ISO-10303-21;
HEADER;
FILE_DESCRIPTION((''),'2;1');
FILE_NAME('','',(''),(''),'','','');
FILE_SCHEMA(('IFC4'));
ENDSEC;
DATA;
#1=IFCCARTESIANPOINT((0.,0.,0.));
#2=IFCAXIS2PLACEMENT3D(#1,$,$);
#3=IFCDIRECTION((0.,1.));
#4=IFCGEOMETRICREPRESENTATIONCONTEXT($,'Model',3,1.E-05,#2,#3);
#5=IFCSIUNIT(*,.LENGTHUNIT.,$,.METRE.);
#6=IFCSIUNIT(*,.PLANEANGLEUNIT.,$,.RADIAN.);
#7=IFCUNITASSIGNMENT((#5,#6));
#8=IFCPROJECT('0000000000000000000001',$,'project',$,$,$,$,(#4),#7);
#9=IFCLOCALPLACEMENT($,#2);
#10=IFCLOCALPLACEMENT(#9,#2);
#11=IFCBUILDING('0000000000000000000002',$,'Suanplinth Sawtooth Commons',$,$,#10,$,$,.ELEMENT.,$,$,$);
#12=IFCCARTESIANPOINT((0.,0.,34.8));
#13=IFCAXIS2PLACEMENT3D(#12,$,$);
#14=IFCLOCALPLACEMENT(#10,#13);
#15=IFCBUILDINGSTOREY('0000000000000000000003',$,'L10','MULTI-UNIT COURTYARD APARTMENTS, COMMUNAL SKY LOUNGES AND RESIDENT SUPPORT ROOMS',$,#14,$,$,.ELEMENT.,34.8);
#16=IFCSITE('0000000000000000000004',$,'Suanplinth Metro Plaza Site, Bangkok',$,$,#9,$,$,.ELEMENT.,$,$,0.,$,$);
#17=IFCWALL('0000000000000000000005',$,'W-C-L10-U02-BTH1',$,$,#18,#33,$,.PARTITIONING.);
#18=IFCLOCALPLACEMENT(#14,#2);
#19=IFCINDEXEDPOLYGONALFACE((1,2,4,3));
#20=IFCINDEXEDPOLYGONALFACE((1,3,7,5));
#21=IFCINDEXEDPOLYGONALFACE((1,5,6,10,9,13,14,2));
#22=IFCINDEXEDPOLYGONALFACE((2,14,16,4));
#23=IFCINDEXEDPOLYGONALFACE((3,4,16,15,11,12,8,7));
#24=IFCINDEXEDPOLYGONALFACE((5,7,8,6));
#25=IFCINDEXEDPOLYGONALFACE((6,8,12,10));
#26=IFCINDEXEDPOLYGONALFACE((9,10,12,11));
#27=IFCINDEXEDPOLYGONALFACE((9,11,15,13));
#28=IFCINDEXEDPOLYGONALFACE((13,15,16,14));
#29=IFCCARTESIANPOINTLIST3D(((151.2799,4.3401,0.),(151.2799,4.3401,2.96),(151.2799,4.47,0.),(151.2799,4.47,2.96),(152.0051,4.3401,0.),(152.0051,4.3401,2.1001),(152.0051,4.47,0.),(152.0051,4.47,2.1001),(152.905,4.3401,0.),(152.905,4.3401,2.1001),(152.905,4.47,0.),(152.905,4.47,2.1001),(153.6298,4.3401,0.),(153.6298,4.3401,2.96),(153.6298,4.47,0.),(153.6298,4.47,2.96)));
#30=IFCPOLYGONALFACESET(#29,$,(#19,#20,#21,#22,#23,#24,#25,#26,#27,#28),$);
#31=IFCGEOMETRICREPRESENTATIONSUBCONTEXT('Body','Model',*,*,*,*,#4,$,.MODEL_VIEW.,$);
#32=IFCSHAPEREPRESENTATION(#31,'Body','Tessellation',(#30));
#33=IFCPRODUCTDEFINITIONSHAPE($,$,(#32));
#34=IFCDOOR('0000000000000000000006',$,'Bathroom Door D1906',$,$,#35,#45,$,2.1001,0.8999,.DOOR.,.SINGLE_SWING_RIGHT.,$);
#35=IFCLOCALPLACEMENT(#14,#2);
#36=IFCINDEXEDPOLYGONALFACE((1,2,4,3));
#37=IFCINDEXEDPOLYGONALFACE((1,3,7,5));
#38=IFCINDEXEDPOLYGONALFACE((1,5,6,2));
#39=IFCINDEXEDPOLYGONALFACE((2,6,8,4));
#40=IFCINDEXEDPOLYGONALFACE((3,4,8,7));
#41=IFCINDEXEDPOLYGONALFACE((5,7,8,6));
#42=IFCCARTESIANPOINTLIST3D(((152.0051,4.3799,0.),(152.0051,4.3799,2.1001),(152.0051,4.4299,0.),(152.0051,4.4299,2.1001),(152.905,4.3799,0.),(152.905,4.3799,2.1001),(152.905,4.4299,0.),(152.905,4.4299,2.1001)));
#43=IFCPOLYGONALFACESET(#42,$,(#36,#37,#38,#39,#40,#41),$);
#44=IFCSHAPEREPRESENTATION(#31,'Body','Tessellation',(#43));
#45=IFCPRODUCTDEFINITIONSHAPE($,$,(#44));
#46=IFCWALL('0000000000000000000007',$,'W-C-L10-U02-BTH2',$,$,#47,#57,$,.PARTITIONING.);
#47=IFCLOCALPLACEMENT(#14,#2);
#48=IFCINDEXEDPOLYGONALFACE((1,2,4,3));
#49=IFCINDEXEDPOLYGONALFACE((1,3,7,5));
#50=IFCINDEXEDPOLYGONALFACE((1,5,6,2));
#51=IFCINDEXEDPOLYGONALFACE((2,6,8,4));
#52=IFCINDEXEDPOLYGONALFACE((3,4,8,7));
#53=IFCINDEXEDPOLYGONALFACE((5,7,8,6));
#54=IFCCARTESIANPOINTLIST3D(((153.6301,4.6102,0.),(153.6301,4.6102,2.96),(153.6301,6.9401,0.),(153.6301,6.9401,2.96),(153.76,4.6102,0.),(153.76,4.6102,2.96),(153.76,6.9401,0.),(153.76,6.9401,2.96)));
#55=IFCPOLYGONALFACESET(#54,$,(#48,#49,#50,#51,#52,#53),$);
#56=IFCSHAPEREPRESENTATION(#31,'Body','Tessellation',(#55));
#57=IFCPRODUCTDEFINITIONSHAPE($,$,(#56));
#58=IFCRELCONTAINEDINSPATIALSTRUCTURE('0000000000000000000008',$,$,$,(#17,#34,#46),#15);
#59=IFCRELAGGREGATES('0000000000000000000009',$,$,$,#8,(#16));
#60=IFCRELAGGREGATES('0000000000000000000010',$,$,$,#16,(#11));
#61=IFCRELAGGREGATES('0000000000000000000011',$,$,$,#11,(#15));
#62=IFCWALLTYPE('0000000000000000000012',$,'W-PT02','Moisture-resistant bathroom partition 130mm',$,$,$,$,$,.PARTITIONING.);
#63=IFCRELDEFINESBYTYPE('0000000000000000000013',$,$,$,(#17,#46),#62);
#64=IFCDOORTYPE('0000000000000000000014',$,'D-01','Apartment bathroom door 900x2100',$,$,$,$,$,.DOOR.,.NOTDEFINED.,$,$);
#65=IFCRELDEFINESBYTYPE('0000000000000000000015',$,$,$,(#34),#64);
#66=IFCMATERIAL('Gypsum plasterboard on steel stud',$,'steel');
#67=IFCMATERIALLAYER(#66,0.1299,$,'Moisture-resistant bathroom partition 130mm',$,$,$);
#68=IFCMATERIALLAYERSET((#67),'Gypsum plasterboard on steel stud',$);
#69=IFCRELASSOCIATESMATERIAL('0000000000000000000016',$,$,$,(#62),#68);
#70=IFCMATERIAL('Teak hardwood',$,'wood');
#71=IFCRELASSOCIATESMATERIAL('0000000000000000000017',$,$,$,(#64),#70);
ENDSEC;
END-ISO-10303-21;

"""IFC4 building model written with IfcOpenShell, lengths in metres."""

from ifc_helpers import new_model, si_unit, direction, frame, frame_2d, origin, place, context, subcontext, project, spatial, rectangle, extrude, material, layer, layer_set, type_object, element, fill, save


model = new_model("IFC4")

# Units and contexts
model_context = context("Model", 3, precision=1e-05, world=origin(), true_north=direction((0.0, 1.0)))
body_context = subcontext(model_context, "Body", "Model", "MODEL_VIEW")
ifc_project = project(units=[si_unit("LENGTHUNIT", "METRE"), si_unit("PLANEANGLEUNIT", "RADIAN")], contexts=[model_context])

# Site, building, storey
site_placement = place(None, origin())
site = spatial("IfcSite", under=ifc_project, at=site_placement, Name="Suanplinth Metro Plaza Site, Bangkok", CompositionType="ELEMENT", RefElevation=0.0)
building_placement = place(site_placement, origin())
building = spatial("IfcBuilding", under=site, at=building_placement, Name="Suanplinth Sawtooth Commons", CompositionType="ELEMENT")
storey_placement = place(building_placement, frame((0.0, 0.0, 34.8)))
storey = spatial("IfcBuildingStorey", under=building, at=storey_placement, Name="L10", Description="MULTI-UNIT COURTYARD APARTMENTS, COMMUNAL SKY LOUNGES AND RESIDENT SUPPORT ROOMS", CompositionType="ELEMENT", Elevation=34.8)

# Shared definitions
ifc_material_1 = material(Name="Gypsum plasterboard on steel stud", Category="steel")
ifc_material_2 = material(Name="Teak hardwood", Category="wood")

# Wall, opening, door
ifc_layer_1 = layer(ifc_material_1, 0.1299, Name="Moisture-resistant bathroom partition 130mm")
ifc_layer_set_1 = layer_set([ifc_layer_1], Name="Gypsum plasterboard on steel stud")
wall_type_1 = type_object("IfcWallType", Name="W-PT02", Description="Moisture-resistant bathroom partition 130mm", PredefinedType="PARTITIONING", material=ifc_layer_set_1)
wall_1_placement = place(storey_placement, frame((151.28, 4.405, 0.0), z_axis=(0.0, 0.0, 1.0), x_axis=(1.0, 0.0, 0.0)))
wall_1 = element("IfcWall", 1, at=wall_1_placement, inside=storey, type_object=wall_type_1, Name="W-C-L10-U02-BTH1", PredefinedType="PARTITIONING", context=body_context, shape_type="SweptSolid", body=[
    extrude(rectangle(XDim=2.3499, YDim=0.1299, at=frame_2d((1.1748, 0.0))), origin(), (0.0, 0.0, 1.0), 2.96),
])
opening_1_placement = place(wall_1_placement, frame((0.7251, 0.0, 0.0)))
opening_1 = element("IfcOpeningElement", 2, at=opening_1_placement, cuts=wall_1, PredefinedType="OPENING", context=body_context, shape_type="SweptSolid", body=[
    extrude(rectangle(XDim=0.8999, YDim=2.1001, at=frame_2d((0.45, 1.05))), frame((0.0, 0.0798, 0.0), z_axis=(0.0, -1.0, 0.0), x_axis=(1.0, 0.0, 0.0)), (0.0, 0.0, 1.0), 0.1597),
])
door_type_1 = type_object("IfcDoorType", Name="D-01", Description="Apartment bathroom door 900x2100", OperationType="NOTDEFINED", PredefinedType="DOOR", material=ifc_material_2)
door_1_placement = place(opening_1_placement, origin())
door_1 = element("IfcDoor", 3, at=door_1_placement, inside=storey, type_object=door_type_1, Name="Bathroom Door D1906", OperationType="SINGLE_SWING_RIGHT", OverallHeight=2.1001, OverallWidth=0.8999, PredefinedType="DOOR", context=body_context, shape_type="SweptSolid", body=[
    extrude(rectangle(XDim=0.8999, YDim=2.1001, at=frame_2d((0.45, 1.05))), frame((0.0, 0.0249, 0.0), z_axis=(0.0, -1.0, 0.0), x_axis=(1.0, 0.0, 0.0)), (0.0, 0.0, 1.0), 0.05),
])
fill(opening_1, door_1)

# Wall
wall_2_placement = place(storey_placement, frame((153.6951, 4.6101, 0.0), z_axis=(0.0, 0.0, 1.0), x_axis=(0.0, 1.0, 0.0)))
element("IfcWall", 4, at=wall_2_placement, inside=storey, type_object=wall_type_1, Name="W-C-L10-U02-BTH2", PredefinedType="PARTITIONING", context=body_context, shape_type="SweptSolid", body=[
    extrude(rectangle(XDim=2.3298, YDim=0.1299, at=frame_2d((1.165, 0.0))), origin(), (0.0, 0.0, 1.0), 2.96),
])

save(model, "model.ifc")
